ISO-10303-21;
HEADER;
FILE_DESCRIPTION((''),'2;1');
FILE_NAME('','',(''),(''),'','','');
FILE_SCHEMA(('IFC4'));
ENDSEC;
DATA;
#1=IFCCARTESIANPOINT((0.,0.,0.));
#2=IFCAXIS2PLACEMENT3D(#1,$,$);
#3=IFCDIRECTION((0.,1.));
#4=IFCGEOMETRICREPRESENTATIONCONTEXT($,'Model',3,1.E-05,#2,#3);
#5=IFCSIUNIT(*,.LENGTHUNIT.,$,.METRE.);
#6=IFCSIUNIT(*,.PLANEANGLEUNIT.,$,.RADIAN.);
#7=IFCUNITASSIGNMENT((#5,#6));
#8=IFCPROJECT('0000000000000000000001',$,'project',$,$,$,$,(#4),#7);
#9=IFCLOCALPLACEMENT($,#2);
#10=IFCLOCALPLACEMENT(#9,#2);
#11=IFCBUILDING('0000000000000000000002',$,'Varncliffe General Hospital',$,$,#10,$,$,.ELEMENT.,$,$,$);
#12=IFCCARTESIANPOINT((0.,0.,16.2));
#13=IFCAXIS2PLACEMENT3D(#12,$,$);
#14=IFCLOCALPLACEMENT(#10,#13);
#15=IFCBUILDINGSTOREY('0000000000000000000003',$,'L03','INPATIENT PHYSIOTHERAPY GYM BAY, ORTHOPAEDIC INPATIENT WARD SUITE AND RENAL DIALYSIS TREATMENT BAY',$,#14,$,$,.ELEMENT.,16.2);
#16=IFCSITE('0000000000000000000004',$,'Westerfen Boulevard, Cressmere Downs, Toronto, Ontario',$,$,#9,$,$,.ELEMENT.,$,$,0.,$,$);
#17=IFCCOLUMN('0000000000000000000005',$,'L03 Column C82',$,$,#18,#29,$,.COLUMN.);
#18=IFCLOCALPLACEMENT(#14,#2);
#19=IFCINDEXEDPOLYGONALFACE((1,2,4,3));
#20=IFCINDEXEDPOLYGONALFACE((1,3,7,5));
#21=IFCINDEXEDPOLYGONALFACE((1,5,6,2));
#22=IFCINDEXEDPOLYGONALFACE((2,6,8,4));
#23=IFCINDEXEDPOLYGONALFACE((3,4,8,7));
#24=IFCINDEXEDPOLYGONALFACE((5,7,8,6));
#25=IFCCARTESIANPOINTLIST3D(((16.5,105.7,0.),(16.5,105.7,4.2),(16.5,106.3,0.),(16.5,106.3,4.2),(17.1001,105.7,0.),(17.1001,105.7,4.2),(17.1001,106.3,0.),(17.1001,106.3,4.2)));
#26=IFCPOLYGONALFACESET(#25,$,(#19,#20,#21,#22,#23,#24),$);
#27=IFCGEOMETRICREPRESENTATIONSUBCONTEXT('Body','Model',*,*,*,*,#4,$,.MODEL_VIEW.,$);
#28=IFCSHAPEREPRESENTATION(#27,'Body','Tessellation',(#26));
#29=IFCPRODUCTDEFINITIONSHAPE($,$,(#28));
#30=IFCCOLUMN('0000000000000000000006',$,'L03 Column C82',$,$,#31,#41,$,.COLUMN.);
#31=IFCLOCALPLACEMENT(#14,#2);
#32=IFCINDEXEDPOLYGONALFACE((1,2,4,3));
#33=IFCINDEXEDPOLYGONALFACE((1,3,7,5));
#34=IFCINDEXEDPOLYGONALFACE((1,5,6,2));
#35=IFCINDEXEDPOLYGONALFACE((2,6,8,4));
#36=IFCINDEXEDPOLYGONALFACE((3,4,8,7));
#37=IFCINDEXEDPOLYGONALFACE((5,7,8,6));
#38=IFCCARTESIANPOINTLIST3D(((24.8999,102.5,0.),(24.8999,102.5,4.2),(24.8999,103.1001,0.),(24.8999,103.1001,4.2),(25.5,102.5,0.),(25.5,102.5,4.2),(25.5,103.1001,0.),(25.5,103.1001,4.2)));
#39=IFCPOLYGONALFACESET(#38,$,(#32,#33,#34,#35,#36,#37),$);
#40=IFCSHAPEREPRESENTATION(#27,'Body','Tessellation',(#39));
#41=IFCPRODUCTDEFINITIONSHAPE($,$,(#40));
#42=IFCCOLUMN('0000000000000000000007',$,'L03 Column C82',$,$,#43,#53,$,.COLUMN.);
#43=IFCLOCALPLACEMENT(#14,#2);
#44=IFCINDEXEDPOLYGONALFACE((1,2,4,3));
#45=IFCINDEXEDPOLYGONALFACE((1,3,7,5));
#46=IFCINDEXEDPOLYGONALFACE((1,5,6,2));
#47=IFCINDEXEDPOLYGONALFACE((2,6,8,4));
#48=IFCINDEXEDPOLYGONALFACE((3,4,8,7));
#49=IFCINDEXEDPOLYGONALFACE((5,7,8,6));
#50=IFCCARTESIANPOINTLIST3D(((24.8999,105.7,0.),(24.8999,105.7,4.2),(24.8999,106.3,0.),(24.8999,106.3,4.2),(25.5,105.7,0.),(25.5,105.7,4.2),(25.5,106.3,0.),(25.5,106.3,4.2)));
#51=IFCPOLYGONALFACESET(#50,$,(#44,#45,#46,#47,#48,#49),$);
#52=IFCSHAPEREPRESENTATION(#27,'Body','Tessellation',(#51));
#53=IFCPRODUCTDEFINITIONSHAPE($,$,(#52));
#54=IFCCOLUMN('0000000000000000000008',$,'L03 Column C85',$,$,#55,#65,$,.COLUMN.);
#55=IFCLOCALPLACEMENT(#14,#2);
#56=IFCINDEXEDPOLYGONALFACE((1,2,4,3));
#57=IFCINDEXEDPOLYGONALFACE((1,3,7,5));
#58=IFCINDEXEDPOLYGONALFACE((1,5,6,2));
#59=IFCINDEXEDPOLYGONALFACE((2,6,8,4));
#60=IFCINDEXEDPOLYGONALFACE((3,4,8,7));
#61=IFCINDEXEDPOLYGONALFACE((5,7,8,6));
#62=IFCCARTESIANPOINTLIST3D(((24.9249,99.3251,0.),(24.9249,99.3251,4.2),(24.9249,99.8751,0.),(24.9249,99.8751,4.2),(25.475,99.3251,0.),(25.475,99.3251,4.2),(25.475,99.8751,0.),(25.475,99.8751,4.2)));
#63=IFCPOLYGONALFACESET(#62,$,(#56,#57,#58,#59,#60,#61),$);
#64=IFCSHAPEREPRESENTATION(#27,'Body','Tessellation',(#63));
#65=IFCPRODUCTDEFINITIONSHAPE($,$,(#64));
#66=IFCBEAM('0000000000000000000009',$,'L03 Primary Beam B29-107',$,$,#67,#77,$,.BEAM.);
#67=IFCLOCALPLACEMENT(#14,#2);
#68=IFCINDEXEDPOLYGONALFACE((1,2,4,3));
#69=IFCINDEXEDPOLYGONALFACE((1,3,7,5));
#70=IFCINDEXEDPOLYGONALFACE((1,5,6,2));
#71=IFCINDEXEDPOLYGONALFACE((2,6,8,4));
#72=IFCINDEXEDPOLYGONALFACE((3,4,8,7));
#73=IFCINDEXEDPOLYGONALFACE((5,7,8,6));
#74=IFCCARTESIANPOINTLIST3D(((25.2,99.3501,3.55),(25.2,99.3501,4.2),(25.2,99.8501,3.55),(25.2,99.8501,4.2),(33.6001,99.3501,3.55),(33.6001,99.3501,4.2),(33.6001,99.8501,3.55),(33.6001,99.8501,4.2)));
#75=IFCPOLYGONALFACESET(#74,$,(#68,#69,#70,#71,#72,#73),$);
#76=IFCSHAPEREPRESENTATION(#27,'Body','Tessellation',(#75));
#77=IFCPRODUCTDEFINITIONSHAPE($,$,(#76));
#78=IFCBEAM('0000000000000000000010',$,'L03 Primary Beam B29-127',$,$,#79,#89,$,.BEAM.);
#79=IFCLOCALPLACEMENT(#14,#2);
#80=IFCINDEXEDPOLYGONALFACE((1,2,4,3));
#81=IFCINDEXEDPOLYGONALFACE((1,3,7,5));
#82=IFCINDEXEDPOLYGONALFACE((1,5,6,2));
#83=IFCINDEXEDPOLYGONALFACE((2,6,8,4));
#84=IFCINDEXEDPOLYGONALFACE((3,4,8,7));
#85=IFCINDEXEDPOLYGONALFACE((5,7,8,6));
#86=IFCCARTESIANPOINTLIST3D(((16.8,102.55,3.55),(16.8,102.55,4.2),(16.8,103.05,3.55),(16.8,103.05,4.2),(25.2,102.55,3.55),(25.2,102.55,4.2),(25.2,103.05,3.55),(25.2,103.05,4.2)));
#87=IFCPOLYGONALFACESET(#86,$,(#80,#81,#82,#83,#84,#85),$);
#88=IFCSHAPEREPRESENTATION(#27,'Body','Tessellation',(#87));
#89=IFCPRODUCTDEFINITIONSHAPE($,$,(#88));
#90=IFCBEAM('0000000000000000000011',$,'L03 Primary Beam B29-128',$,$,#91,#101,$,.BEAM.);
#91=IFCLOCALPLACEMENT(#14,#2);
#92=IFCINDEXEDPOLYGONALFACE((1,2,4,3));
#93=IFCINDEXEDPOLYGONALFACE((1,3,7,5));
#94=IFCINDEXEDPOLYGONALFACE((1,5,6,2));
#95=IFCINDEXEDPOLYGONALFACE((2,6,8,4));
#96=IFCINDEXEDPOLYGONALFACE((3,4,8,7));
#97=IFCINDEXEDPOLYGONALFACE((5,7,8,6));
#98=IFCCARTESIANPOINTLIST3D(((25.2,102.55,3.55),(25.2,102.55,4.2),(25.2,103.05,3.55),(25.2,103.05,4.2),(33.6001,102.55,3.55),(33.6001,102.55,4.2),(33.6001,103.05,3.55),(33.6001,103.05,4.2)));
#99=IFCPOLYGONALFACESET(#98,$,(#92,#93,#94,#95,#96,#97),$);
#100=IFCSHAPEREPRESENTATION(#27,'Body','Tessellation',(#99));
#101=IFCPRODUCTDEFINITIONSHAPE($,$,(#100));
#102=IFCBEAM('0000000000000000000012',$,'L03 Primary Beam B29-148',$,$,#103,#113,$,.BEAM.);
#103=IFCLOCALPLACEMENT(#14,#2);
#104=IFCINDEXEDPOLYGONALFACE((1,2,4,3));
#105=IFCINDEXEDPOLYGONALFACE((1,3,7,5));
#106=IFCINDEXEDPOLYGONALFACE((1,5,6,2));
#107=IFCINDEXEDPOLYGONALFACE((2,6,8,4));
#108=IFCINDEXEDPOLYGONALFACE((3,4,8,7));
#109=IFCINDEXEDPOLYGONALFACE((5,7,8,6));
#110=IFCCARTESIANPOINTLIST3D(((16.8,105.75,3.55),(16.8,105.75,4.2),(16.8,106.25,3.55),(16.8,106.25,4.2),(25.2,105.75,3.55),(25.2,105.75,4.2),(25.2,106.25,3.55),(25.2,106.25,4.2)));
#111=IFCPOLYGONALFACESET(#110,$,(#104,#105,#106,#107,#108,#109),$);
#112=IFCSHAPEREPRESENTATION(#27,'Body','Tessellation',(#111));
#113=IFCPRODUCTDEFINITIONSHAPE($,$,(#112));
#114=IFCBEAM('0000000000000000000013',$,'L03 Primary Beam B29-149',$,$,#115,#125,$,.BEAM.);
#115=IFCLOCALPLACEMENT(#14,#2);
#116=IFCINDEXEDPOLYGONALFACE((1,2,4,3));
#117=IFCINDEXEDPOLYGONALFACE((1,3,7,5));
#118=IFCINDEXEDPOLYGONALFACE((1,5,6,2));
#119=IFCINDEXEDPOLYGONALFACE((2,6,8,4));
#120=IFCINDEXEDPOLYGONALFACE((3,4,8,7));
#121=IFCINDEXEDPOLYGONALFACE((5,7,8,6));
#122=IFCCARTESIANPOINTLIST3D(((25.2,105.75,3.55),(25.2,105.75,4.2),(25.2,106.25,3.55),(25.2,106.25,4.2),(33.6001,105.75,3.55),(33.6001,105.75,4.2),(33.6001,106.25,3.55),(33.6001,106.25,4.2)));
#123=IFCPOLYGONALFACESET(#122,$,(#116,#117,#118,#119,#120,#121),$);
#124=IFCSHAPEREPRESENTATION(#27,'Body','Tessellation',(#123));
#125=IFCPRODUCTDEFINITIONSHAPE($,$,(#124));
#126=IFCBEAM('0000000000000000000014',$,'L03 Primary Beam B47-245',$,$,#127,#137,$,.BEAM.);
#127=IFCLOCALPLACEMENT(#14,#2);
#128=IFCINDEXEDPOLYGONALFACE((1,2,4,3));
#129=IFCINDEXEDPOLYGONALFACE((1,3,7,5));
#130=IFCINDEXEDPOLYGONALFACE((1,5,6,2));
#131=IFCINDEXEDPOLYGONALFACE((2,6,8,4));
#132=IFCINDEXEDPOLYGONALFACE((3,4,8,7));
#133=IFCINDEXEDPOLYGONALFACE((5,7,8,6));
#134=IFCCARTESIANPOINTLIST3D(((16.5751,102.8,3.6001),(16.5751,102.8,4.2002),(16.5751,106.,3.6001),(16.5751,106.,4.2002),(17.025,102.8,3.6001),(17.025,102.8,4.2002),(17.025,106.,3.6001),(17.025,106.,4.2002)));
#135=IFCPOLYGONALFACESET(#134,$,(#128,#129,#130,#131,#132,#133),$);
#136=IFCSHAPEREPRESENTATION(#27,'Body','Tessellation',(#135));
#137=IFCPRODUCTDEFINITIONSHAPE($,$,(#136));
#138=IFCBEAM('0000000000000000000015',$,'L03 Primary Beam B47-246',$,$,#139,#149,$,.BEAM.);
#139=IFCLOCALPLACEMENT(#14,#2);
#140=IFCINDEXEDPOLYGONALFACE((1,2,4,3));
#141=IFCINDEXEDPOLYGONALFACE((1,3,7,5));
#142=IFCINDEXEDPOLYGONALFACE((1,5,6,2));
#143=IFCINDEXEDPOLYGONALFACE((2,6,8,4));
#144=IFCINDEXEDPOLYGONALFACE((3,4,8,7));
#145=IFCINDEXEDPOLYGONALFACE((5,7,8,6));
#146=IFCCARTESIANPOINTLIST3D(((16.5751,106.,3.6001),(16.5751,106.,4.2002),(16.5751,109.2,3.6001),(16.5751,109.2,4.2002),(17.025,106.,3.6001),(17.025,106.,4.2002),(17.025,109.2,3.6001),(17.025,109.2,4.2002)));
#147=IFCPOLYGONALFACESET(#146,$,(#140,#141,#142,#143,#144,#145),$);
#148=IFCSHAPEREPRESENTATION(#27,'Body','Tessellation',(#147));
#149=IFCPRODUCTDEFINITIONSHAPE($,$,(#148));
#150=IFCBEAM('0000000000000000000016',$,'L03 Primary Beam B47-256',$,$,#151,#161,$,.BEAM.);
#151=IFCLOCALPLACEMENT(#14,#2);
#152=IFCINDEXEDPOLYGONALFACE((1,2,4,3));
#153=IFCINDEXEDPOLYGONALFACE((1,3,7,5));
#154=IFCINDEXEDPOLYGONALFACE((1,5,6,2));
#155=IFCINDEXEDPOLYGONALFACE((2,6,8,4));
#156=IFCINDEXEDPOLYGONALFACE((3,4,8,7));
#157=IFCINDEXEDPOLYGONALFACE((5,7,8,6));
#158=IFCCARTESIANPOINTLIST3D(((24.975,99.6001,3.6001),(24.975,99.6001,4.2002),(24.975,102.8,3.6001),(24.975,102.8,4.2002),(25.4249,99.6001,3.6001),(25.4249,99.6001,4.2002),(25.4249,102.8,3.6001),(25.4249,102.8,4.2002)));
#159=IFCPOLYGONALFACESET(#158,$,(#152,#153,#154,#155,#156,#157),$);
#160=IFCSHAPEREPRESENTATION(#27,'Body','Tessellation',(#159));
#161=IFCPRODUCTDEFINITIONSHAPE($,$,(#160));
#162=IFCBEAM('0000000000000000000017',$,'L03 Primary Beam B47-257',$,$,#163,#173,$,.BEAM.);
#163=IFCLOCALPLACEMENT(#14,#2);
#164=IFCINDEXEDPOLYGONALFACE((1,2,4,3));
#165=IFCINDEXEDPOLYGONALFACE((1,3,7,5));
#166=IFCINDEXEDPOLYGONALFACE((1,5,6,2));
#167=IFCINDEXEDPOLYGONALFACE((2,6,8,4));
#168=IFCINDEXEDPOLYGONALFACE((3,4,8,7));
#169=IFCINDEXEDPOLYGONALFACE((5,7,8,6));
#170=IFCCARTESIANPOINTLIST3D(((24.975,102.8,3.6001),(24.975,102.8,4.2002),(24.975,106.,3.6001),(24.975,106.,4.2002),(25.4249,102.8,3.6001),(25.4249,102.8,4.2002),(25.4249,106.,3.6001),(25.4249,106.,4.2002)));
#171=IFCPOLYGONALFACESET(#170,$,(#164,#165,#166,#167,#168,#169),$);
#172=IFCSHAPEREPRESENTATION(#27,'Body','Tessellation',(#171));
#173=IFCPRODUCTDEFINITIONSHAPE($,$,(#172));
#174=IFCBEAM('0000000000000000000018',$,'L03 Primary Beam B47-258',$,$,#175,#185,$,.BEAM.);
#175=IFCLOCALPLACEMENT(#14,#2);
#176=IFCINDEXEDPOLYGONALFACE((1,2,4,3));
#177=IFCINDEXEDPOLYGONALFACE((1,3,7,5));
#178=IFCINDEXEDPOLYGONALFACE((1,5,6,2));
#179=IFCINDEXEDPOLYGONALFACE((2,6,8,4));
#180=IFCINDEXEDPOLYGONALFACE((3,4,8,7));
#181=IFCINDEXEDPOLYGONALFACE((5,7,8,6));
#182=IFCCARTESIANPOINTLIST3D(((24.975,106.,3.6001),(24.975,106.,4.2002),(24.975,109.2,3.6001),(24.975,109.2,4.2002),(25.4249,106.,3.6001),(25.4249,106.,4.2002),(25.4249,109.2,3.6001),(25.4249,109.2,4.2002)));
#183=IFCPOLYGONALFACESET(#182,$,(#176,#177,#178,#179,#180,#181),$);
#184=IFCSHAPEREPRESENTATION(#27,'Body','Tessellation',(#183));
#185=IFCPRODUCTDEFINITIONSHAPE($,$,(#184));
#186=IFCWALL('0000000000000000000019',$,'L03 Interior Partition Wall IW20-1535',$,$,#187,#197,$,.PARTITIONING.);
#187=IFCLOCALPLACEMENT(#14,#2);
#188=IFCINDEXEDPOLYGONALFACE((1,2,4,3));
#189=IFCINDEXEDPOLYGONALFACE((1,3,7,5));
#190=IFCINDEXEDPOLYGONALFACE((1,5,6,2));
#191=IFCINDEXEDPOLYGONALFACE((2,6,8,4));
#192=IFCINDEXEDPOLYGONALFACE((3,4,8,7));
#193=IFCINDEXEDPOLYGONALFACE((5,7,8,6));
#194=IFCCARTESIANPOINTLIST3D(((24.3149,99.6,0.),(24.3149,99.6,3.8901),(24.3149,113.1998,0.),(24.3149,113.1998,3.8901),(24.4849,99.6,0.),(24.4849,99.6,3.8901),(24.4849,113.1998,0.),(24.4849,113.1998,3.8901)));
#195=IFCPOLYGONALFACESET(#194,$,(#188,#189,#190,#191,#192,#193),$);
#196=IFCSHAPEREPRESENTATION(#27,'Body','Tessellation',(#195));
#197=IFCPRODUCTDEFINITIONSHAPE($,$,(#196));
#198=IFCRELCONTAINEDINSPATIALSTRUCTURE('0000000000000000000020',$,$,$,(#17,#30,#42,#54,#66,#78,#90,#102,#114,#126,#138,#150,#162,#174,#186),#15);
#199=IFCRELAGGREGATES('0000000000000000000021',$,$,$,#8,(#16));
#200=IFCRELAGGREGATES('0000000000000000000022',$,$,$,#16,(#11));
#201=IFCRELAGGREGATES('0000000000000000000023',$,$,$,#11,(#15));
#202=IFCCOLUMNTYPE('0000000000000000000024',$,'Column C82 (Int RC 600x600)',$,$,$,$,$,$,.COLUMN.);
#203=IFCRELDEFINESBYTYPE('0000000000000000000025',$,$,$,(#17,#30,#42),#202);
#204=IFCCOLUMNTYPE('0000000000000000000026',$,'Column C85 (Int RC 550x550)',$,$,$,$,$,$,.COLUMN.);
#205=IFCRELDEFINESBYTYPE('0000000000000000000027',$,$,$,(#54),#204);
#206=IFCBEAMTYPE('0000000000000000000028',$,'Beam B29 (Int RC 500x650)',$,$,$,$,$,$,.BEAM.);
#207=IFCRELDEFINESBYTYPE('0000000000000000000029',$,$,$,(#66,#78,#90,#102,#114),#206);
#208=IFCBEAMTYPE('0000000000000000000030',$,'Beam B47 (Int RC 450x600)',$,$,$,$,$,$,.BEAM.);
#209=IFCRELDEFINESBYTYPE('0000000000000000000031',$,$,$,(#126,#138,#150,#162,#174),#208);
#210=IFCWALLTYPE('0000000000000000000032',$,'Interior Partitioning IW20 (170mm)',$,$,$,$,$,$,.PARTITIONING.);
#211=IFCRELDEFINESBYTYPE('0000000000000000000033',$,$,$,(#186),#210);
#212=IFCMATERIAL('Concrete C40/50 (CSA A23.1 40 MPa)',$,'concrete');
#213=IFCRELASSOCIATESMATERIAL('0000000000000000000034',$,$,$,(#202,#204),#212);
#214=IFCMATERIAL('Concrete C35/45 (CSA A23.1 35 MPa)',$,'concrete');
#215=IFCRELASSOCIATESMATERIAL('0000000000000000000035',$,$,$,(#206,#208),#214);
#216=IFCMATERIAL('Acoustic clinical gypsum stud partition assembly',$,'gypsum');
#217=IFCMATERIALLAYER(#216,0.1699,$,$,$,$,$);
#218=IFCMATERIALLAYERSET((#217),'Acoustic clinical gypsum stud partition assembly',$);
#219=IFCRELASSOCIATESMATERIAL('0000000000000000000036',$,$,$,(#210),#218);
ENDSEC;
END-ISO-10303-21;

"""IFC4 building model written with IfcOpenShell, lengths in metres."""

from ifc_helpers import new_model, si_unit, direction, frame, frame_2d, origin, origin_2d, place, context, subcontext, project, spatial, rectangle, extrude, material, layer, layer_set, material_profile, profile_set, type_object, element, save


model = new_model("IFC4")

# Units and contexts
model_context = context("Model", 3, precision=1e-05, world=origin(), true_north=direction((0.0, 1.0)))
body_context = subcontext(model_context, "Body", "Model", "MODEL_VIEW")
ifc_project = project(units=[si_unit("LENGTHUNIT", "METRE"), si_unit("PLANEANGLEUNIT", "RADIAN")], contexts=[model_context])

# Site, building, storey
site_placement = place(None, origin())
site = spatial("IfcSite", under=ifc_project, at=site_placement, Name="Westerfen Boulevard, Cressmere Downs, Toronto, Ontario", CompositionType="ELEMENT", RefElevation=0.0)
building_placement = place(site_placement, origin())
building = spatial("IfcBuilding", under=site, at=building_placement, Name="Varncliffe General Hospital", CompositionType="ELEMENT")
storey_placement = place(building_placement, frame((0.0, 0.0, 16.2)))
storey = spatial("IfcBuildingStorey", under=building, at=storey_placement, Name="L03", Description="INPATIENT PHYSIOTHERAPY GYM BAY, ORTHOPAEDIC INPATIENT WARD SUITE AND RENAL DIALYSIS TREATMENT BAY", CompositionType="ELEMENT", Elevation=16.2)

# Columns
ifc_material_1 = material(Name="Concrete C40/50 (CSA A23.1 40 MPa)", Category="concrete")
ifc_material_profile_1 = material_profile(ifc_material_1, rectangle(XDim=0.6001, YDim=0.6001, at=origin_2d()), Name="RC 600x600")
ifc_profile_set_1 = profile_set([ifc_material_profile_1], Name="Concrete C40/50 (CSA A23.1 40 MPa)")
column_type_1 = type_object("IfcColumnType", Name="Column C82 (Int RC 600x600)", PredefinedType="COLUMN", material=ifc_profile_set_1)
for number, where, z_axis, x_axis, name in (
    (1, (16.8, 106.0, 0.0), (0.0, 0.0, 1.0), (1.0, 0.0, 0.0), "L03 Column C82"),
    (2, (25.2, 102.8, 0.0), (0.0, 0.0, 1.0), (1.0, 0.0, 0.0), "L03 Column C82"),
    (3, (25.2, 106.0, 0.0), (0.0, 0.0, 1.0), (1.0, 0.0, 0.0), "L03 Column C82"),
):
    element("IfcColumn", number, at=place(storey_placement, frame(where, z_axis=z_axis, x_axis=x_axis)), inside=storey, type_object=column_type_1, Name=name, PredefinedType="COLUMN", context=body_context, shape_type="SweptSolid", body=[
        extrude(rectangle(XDim=0.6001, YDim=0.6001, at=origin_2d()), origin(), (0.0, 0.0, 1.0), 4.2),
    ])
ifc_material_profile_2 = material_profile(ifc_material_1, rectangle(XDim=0.55, YDim=0.55, at=origin_2d()), Name="RC 550x550")
ifc_profile_set_2 = profile_set([ifc_material_profile_2], Name="Concrete C40/50 (CSA A23.1 40 MPa)")
column_type_2 = type_object("IfcColumnType", Name="Column C85 (Int RC 550x550)", PredefinedType="COLUMN", material=ifc_profile_set_2)
column_placement = place(storey_placement, frame((25.2, 99.6001, 0.0), z_axis=(0.0, 0.0, 1.0), x_axis=(1.0, 0.0, 0.0)))
element("IfcColumn", 4, at=column_placement, inside=storey, type_object=column_type_2, Name="L03 Column C85", PredefinedType="COLUMN", context=body_context, shape_type="SweptSolid", body=[
    extrude(rectangle(XDim=0.55, YDim=0.55, at=origin_2d()), origin(), (0.0, 0.0, 1.0), 4.2),
])

# Beams
ifc_material_2 = material(Name="Concrete C35/45 (CSA A23.1 35 MPa)", Category="concrete")
ifc_material_profile_3 = material_profile(ifc_material_2, rectangle(XDim=0.5, YDim=0.6499, at=origin_2d()), Name="RC 500x650")
ifc_profile_set_3 = profile_set([ifc_material_profile_3], Name="Concrete C35/45 (CSA A23.1 35 MPa)")
beam_type_1 = type_object("IfcBeamType", Name="Beam B29 (Int RC 500x650)", PredefinedType="BEAM", material=ifc_profile_set_3)
beam_1_placement = place(storey_placement, frame((25.2, 99.6001, 3.875), z_axis=(1.0, 0.0, 0.0), x_axis=(0.0, 1.0, 0.0)))
element("IfcBeam", 5, at=beam_1_placement, inside=storey, type_object=beam_type_1, Name="L03 Primary Beam B29-107", PredefinedType="BEAM", context=body_context, shape_type="SweptSolid", body=[
    extrude(rectangle(XDim=0.5, YDim=0.6499, at=origin_2d()), origin(), (0.0, 0.0, 1.0), 8.4001),
])
beam_2_placement = place(storey_placement, frame((16.8, 102.8, 3.875), z_axis=(1.0, 0.0, 0.0), x_axis=(0.0, 1.0, 0.0)))
element("IfcBeam", 6, at=beam_2_placement, inside=storey, type_object=beam_type_1, Name="L03 Primary Beam B29-127", PredefinedType="BEAM", context=body_context, shape_type="SweptSolid", body=[
    extrude(rectangle(XDim=0.5, YDim=0.6499, at=origin_2d()), origin(), (0.0, 0.0, 1.0), 8.3999),
])
beam_3_placement = place(storey_placement, frame((25.2, 102.8, 3.875), z_axis=(1.0, 0.0, 0.0), x_axis=(0.0, 1.0, 0.0)))
element("IfcBeam", 7, at=beam_3_placement, inside=storey, type_object=beam_type_1, Name="L03 Primary Beam B29-128", PredefinedType="BEAM", context=body_context, shape_type="SweptSolid", body=[
    extrude(rectangle(XDim=0.5, YDim=0.6499, at=origin_2d()), origin(), (0.0, 0.0, 1.0), 8.4001),
])
beam_4_placement = place(storey_placement, frame((16.8, 106.0, 3.875), z_axis=(1.0, 0.0, 0.0), x_axis=(0.0, 1.0, 0.0)))
element("IfcBeam", 8, at=beam_4_placement, inside=storey, type_object=beam_type_1, Name="L03 Primary Beam B29-148", PredefinedType="BEAM", context=body_context, shape_type="SweptSolid", body=[
    extrude(rectangle(XDim=0.5, YDim=0.6499, at=origin_2d()), origin(), (0.0, 0.0, 1.0), 8.3999),
])
beam_5_placement = place(storey_placement, frame((25.2, 106.0, 3.875), z_axis=(1.0, 0.0, 0.0), x_axis=(0.0, 1.0, 0.0)))
element("IfcBeam", 9, at=beam_5_placement, inside=storey, type_object=beam_type_1, Name="L03 Primary Beam B29-149", PredefinedType="BEAM", context=body_context, shape_type="SweptSolid", body=[
    extrude(rectangle(XDim=0.5, YDim=0.6499, at=origin_2d()), origin(), (0.0, 0.0, 1.0), 8.4001),
])
ifc_material_profile_4 = material_profile(ifc_material_2, rectangle(XDim=0.45, YDim=0.6001, at=origin_2d()), Name="RC 450x600")
ifc_profile_set_4 = profile_set([ifc_material_profile_4], Name="Concrete C35/45 (CSA A23.1 35 MPa)")
beam_type_2 = type_object("IfcBeamType", Name="Beam B47 (Int RC 450x600)", PredefinedType="BEAM", material=ifc_profile_set_4)
for number, where, z_axis, x_axis, name in (
    (10, (16.8, 102.8, 3.9001), (0.0, 1.0, 0.0), (-1.0, 0.0, 0.0), "L03 Primary Beam B47-245"),
    (11, (16.8, 106.0, 3.9001), (0.0, 1.0, 0.0), (-1.0, 0.0, 0.0), "L03 Primary Beam B47-246"),
    (12, (25.2, 99.6001, 3.9001), (0.0, 1.0, 0.0), (-1.0, 0.0, 0.0), "L03 Primary Beam B47-256"),
    (13, (25.2, 102.8, 3.9001), (0.0, 1.0, 0.0), (-1.0, 0.0, 0.0), "L03 Primary Beam B47-257"),
    (14, (25.2, 106.0, 3.9001), (0.0, 1.0, 0.0), (-1.0, 0.0, 0.0), "L03 Primary Beam B47-258"),
):
    element("IfcBeam", number, at=place(storey_placement, frame(where, z_axis=z_axis, x_axis=x_axis)), inside=storey, type_object=beam_type_2, Name=name, PredefinedType="BEAM", context=body_context, shape_type="SweptSolid", body=[
        extrude(rectangle(XDim=0.45, YDim=0.6001, at=origin_2d()), origin(), (0.0, 0.0, 1.0), 3.2),
    ])

# Wall
ifc_material_3 = material(Name="Acoustic clinical gypsum stud partition assembly", Category="gypsum")
ifc_layer_1 = layer(ifc_material_3, 0.1699)
ifc_layer_set_1 = layer_set([ifc_layer_1], Name="Acoustic clinical gypsum stud partition assembly")
wall_type_1 = type_object("IfcWallType", Name="Interior Partitioning IW20 (170mm)", PredefinedType="PARTITIONING", material=ifc_layer_set_1)
wall_1_placement = place(storey_placement, frame((24.3999, 99.6001, 0.0), z_axis=(0.0, 0.0, 1.0), x_axis=(0.0, 1.0, 0.0)))
element("IfcWall", 15, at=wall_1_placement, inside=storey, type_object=wall_type_1, Name="L03 Interior Partition Wall IW20-1535", PredefinedType="PARTITIONING", context=body_context, shape_type="SweptSolid", body=[
    extrude(rectangle(XDim=13.5999, YDim=0.1699, at=frame_2d((6.7998, 0.0))), origin(), (0.0, 0.0, 1.0), 3.8901),
])

save(model, "model.ifc")
